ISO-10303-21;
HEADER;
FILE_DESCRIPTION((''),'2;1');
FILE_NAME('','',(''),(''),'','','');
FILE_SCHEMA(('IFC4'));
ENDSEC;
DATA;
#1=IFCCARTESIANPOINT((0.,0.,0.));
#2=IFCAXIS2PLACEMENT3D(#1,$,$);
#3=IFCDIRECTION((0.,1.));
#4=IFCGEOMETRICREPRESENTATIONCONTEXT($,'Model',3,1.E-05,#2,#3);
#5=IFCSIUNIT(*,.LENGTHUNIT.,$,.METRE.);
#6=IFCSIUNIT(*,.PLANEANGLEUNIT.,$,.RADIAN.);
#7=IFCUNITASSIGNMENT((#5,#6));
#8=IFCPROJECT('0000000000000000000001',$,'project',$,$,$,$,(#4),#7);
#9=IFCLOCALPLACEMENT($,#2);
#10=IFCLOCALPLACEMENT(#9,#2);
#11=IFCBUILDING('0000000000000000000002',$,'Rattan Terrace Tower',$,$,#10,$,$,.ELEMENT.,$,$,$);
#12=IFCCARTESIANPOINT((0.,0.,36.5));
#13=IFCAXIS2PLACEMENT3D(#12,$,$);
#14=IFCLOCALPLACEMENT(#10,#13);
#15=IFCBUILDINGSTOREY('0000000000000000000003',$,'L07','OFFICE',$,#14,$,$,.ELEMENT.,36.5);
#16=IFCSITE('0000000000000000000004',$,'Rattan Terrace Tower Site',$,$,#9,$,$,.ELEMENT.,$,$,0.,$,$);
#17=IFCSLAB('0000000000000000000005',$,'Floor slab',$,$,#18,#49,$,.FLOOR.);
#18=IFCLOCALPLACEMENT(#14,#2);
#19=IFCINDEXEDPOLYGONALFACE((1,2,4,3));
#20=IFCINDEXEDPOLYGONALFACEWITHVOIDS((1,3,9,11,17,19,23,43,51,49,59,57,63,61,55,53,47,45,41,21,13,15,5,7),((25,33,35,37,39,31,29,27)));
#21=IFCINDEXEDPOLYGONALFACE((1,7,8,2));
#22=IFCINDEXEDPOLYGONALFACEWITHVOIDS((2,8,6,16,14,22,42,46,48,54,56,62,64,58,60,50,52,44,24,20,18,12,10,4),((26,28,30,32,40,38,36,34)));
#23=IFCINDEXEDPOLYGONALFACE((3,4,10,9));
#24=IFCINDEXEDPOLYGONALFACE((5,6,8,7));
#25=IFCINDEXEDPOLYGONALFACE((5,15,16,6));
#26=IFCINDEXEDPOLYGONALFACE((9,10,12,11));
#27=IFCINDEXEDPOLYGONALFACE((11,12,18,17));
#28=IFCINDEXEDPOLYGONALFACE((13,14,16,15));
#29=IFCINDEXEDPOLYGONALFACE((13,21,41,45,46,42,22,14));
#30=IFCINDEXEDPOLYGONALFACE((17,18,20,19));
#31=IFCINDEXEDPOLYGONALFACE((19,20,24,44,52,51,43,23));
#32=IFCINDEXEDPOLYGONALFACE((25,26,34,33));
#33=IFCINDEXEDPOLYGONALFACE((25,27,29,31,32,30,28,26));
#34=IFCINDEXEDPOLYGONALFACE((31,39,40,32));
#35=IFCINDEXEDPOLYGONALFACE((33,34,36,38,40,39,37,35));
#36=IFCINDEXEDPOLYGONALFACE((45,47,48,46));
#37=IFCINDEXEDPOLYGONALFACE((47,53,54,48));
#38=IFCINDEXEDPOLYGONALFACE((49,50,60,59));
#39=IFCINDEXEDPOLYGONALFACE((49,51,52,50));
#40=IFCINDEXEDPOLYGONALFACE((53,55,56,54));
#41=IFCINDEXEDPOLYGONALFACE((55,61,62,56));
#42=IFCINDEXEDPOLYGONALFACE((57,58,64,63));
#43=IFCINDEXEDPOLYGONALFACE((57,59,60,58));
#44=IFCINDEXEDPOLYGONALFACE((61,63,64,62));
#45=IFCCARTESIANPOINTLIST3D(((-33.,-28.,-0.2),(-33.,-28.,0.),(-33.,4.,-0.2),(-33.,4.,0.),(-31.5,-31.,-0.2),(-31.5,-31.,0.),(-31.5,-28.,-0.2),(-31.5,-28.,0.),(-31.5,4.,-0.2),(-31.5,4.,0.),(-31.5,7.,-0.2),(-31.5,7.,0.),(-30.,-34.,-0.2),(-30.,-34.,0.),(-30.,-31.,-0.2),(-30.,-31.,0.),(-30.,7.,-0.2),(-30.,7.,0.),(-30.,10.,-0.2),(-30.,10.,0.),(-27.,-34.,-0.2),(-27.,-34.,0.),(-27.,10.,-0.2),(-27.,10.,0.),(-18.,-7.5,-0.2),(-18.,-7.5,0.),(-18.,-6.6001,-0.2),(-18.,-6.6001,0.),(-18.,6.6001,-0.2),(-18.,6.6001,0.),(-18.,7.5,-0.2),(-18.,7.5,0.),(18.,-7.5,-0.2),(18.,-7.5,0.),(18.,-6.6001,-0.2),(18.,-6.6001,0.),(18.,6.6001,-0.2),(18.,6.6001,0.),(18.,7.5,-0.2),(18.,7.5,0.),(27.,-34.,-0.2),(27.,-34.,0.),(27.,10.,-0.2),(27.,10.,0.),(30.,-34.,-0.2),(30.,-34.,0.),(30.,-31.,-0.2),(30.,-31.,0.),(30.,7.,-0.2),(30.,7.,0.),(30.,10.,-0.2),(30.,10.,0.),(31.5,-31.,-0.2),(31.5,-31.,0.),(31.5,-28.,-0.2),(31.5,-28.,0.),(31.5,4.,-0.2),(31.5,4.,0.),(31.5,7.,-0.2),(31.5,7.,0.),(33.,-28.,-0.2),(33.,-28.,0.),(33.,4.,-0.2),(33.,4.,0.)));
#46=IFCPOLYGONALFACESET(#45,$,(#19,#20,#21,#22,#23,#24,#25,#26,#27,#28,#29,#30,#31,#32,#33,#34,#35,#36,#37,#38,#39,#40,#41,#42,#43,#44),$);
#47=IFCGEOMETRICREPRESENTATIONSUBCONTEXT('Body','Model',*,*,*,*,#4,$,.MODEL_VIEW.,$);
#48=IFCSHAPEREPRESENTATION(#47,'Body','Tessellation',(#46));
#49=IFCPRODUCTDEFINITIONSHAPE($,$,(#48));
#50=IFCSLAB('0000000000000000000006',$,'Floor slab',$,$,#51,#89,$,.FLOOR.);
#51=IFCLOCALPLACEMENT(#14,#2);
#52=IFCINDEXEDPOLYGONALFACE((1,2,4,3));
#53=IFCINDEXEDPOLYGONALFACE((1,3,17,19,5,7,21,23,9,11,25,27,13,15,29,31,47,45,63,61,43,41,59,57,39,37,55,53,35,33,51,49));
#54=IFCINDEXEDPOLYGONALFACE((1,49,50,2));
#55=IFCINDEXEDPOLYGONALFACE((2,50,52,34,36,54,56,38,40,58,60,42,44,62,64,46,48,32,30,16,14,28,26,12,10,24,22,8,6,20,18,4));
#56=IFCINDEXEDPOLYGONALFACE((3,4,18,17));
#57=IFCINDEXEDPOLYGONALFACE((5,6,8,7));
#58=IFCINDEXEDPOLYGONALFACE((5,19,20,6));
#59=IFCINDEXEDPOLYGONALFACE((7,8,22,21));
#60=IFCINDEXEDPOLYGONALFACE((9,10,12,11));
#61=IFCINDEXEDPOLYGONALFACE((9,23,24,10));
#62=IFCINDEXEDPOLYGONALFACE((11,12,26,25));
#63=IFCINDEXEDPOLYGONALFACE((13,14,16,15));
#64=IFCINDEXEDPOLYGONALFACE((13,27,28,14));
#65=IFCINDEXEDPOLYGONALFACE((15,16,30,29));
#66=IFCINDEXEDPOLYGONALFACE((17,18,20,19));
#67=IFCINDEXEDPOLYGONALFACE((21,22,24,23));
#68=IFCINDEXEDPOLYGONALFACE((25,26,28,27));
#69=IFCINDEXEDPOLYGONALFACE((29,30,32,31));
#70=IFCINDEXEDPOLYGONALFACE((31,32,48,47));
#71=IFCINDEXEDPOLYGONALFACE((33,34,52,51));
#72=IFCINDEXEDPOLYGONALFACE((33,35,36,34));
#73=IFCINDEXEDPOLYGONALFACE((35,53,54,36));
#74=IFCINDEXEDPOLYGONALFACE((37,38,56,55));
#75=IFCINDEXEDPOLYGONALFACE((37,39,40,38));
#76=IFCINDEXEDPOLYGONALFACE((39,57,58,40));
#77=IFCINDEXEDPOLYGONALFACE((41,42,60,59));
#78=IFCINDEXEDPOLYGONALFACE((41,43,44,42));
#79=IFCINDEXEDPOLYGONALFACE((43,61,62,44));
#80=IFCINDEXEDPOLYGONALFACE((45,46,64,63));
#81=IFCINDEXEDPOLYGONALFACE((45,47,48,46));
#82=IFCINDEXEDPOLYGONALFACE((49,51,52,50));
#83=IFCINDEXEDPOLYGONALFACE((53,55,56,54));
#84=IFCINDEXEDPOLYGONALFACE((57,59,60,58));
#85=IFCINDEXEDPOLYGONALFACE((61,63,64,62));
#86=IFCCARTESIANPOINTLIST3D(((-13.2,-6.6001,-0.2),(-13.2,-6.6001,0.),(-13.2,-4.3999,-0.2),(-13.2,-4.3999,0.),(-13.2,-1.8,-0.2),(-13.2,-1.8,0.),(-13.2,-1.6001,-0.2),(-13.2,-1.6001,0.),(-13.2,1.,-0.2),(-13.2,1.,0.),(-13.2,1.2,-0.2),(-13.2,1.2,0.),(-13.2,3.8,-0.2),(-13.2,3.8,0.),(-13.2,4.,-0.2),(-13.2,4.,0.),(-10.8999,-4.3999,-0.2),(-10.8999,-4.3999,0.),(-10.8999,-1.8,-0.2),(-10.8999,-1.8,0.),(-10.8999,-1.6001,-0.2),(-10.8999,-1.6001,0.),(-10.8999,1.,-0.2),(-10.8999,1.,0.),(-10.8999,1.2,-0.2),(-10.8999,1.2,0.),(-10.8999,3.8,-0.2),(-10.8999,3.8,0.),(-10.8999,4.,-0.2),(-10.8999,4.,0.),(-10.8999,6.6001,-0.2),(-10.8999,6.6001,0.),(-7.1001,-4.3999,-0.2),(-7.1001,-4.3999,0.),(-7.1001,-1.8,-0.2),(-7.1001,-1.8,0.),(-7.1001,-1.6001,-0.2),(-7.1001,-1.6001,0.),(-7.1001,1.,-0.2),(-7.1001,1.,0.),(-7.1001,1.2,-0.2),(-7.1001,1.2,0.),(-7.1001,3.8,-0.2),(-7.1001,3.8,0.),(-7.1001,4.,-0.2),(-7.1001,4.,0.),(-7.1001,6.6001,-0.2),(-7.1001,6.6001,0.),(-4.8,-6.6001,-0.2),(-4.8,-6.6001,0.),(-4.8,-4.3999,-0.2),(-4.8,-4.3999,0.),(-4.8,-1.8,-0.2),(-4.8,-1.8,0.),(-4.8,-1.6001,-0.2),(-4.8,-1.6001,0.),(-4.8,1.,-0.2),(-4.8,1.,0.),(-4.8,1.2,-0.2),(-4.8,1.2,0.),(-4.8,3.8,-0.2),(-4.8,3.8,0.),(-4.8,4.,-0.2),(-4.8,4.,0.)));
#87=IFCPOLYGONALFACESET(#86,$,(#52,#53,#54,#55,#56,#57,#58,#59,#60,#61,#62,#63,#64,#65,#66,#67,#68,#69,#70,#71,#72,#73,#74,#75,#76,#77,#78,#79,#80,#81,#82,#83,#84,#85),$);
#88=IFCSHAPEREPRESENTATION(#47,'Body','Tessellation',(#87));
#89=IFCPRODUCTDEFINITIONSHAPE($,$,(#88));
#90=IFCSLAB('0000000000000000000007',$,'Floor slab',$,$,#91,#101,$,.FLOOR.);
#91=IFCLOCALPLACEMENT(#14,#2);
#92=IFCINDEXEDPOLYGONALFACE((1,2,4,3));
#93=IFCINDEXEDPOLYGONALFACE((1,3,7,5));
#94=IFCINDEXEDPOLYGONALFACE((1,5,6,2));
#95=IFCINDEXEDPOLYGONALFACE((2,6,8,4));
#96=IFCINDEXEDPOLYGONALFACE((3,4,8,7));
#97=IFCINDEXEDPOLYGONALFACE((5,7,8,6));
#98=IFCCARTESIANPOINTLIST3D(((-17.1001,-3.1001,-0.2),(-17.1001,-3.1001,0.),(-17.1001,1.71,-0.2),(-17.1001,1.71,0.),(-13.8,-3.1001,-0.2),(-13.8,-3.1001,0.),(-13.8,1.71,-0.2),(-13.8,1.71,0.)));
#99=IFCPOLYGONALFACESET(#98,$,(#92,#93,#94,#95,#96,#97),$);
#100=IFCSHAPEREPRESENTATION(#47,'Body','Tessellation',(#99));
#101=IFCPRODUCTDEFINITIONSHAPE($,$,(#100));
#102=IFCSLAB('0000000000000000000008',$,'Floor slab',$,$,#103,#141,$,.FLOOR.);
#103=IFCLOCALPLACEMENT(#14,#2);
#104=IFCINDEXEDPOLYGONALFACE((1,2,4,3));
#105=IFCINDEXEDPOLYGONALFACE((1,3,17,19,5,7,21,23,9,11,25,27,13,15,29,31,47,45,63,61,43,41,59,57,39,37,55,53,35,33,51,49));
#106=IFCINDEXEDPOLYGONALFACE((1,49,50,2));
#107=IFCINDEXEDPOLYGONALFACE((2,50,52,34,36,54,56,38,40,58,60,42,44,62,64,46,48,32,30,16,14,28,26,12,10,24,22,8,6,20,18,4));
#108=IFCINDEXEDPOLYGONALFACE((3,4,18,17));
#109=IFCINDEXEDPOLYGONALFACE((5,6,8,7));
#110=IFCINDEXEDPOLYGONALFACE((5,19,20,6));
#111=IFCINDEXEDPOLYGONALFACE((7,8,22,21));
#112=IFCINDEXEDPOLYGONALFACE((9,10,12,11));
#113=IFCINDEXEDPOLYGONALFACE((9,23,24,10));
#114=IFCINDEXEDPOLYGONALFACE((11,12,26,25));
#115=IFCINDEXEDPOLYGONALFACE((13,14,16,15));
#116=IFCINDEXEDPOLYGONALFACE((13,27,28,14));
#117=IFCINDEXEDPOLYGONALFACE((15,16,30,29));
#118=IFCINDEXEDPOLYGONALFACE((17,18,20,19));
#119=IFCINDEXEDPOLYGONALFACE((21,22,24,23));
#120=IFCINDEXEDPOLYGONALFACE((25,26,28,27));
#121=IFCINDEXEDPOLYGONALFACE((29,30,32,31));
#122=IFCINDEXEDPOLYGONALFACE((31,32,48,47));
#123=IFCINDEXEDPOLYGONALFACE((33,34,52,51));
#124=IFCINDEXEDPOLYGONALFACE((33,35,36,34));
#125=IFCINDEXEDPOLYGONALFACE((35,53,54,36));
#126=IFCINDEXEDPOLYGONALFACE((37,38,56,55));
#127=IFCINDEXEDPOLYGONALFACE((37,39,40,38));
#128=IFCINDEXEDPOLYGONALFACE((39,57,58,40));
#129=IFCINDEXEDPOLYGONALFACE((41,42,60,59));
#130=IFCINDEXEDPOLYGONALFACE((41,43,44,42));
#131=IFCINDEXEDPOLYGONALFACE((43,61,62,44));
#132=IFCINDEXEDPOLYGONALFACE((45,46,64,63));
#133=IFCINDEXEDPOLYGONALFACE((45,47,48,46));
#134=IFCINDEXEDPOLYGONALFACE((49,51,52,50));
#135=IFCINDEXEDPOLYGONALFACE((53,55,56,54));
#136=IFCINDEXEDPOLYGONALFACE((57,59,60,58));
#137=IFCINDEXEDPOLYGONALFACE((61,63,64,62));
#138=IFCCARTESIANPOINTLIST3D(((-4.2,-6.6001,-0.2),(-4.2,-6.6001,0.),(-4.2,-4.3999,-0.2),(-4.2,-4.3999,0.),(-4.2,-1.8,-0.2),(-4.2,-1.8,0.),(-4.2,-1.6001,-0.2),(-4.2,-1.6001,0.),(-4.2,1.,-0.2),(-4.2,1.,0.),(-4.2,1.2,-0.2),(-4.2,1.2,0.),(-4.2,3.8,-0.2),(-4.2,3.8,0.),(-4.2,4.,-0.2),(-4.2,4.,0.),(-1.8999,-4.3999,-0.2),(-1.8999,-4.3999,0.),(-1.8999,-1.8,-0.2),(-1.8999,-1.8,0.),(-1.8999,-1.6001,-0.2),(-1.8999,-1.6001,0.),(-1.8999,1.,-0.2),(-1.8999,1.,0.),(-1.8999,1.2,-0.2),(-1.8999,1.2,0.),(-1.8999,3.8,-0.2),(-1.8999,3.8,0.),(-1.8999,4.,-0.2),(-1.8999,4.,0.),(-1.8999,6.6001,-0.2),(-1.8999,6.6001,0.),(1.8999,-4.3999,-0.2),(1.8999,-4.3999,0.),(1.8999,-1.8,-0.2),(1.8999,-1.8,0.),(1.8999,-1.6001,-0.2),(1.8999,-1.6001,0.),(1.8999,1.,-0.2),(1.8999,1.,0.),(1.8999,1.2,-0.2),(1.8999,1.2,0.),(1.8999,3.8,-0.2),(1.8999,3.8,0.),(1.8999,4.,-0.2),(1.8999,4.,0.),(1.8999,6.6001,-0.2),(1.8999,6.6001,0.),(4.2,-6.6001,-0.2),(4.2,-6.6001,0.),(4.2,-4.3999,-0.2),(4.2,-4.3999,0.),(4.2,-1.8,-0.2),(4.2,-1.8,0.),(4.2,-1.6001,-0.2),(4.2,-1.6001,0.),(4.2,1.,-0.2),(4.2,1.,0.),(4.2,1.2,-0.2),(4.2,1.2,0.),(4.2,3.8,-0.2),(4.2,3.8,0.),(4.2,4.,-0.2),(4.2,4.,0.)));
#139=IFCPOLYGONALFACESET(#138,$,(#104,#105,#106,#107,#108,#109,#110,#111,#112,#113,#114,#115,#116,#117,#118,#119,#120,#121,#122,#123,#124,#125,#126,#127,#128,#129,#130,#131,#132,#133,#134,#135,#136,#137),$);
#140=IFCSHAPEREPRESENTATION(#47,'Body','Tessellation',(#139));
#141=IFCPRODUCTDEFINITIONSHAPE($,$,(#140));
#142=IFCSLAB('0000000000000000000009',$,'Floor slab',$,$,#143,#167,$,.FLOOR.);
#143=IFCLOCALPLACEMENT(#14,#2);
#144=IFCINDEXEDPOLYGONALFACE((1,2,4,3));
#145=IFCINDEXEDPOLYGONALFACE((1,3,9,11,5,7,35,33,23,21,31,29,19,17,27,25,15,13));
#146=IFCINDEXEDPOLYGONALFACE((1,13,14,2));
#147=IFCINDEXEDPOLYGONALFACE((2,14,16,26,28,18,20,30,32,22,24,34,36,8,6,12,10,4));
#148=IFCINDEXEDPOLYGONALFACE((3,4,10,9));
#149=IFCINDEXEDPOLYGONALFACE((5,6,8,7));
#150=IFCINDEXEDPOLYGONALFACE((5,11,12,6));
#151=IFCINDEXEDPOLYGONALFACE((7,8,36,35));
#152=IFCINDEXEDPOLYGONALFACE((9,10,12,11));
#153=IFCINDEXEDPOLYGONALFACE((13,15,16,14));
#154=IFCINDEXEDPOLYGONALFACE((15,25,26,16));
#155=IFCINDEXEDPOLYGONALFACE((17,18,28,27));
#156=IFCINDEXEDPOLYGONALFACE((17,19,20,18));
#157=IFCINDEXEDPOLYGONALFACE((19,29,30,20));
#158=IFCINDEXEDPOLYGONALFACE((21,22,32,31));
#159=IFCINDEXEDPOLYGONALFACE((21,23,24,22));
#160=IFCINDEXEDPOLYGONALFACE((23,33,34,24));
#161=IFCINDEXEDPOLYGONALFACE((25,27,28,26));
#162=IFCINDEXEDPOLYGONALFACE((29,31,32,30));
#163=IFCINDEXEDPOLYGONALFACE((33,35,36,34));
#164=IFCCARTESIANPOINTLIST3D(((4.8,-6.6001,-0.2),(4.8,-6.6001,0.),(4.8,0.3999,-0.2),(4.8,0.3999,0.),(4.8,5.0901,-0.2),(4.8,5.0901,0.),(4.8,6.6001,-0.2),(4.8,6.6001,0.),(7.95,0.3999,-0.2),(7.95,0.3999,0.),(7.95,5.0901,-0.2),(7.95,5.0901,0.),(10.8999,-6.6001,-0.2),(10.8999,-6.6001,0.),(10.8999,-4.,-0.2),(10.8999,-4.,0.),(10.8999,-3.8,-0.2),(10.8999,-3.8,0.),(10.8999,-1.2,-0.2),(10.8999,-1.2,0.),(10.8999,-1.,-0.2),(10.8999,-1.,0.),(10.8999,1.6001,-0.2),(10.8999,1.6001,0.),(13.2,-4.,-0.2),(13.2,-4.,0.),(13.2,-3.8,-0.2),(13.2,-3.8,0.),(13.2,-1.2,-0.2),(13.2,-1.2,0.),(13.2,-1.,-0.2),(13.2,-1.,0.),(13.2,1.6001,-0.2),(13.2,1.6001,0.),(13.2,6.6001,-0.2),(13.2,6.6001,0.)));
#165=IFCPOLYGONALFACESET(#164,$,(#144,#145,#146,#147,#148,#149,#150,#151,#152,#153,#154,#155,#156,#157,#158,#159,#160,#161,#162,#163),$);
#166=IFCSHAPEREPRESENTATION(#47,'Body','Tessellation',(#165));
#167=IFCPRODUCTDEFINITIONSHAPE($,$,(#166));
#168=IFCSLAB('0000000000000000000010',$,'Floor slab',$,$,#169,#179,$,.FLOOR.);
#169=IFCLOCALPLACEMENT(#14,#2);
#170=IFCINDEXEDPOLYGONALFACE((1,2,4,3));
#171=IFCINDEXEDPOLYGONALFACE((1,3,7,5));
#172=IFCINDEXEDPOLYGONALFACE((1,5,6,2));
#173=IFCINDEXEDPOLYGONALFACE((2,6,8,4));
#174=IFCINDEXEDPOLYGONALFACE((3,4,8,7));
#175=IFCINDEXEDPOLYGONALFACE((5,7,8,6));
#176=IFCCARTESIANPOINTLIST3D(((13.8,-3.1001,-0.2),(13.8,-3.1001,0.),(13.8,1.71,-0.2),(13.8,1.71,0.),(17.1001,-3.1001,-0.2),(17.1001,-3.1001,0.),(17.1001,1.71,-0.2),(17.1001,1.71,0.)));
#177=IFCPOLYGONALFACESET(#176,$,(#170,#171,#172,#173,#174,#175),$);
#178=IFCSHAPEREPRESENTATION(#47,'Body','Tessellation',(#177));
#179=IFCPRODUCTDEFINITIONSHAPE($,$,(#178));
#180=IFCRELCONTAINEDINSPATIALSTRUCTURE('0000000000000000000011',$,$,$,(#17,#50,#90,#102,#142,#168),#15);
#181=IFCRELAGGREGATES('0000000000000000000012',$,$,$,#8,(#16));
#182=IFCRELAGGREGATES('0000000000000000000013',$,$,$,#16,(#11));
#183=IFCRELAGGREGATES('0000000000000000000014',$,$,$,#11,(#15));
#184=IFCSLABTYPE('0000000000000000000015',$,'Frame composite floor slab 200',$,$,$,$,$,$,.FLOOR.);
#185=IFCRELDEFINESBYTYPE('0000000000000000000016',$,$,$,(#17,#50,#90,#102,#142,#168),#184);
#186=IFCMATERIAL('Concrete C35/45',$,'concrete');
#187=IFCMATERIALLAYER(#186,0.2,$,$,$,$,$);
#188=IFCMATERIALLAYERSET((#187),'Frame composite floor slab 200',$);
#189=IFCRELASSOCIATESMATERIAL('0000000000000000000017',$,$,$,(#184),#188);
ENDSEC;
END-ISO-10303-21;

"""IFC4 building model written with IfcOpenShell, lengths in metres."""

from ifc_helpers import new_model, si_unit, direction, frame, origin, place, context, subcontext, project, spatial, polyline, outline, extrude, material, layer, layer_set, type_object, element, save


model = new_model("IFC4")

# Units and contexts
model_context = context("Model", 3, precision=1e-05, world=origin(), true_north=direction((0.0, 1.0)))
body_context = subcontext(model_context, "Body", "Model", "MODEL_VIEW")
ifc_project = project(units=[si_unit("LENGTHUNIT", "METRE"), si_unit("PLANEANGLEUNIT", "RADIAN")], contexts=[model_context])

# Site, building, storey
site_placement = place(None, origin())
site = spatial("IfcSite", under=ifc_project, at=site_placement, Name="Rattan Terrace Tower Site", CompositionType="ELEMENT", RefElevation=0.0)
building_placement = place(site_placement, origin())
building = spatial("IfcBuilding", under=site, at=building_placement, Name="Rattan Terrace Tower", CompositionType="ELEMENT")
storey_placement = place(building_placement, frame((0.0, 0.0, 36.5)))
storey = spatial("IfcBuildingStorey", under=building, at=storey_placement, Name="L07", Description="OFFICE", CompositionType="ELEMENT", Elevation=36.5)

# Slabs
ifc_material_1 = material(Name="Concrete C35/45", Category="concrete")
ifc_layer_1 = layer(ifc_material_1, 0.2)
ifc_layer_set_1 = layer_set([ifc_layer_1], Name="Frame composite floor slab 200")
slab_type = type_object("IfcSlabType", Name="Frame composite floor slab 200", PredefinedType="FLOOR", material=ifc_layer_set_1)
slab_1_placement = place(storey_placement, frame((0.0, 0.0, -0.2)))
element("IfcSlab", 1, at=slab_1_placement, inside=storey, type_object=slab_type, Name="Floor slab", PredefinedType="FLOOR", context=body_context, shape_type="SweptSolid", body=[
    extrude(outline(polyline([(-27.0, -34.0), (27.0, -34.0), (30.0, -34.0), (30.0, -31.0), (31.5, -31.0), (31.5, -28.0), (33.0, -28.0), (33.0, 4.0), (31.5, 4.0), (31.5, 7.0), (30.0, 7.0), (30.0, 10.0), (27.0, 10.0), (-27.0, 10.0), (-30.0, 10.0), (-30.0, 7.0), (-31.5, 7.0), (-31.5, 4.0), (-33.0, 4.0), (-33.0, -28.0), (-31.5, -28.0), (-31.5, -31.0), (-30.0, -31.0), (-30.0, -34.0), (-27.0, -34.0)]), holes=[polyline([(-18.0, -6.6001), (-18.0, -7.5), (18.0, -7.5), (18.0, -6.6001), (18.0, 6.6001), (18.0, 7.5), (-18.0, 7.5), (-18.0, 6.6001), (-18.0, -6.6001)])]), origin(), (0.0, 0.0, 1.0), 0.2),
])
slab_2_placement = place(storey_placement, frame((0.0, 0.0, -0.2)))
element("IfcSlab", 2, at=slab_2_placement, inside=storey, type_object=slab_type, Name="Floor slab", PredefinedType="FLOOR", context=body_context, shape_type="SweptSolid", body=[
    extrude(outline(polyline([(-10.8999, 6.6001), (-10.8999, 4.0), (-13.2, 4.0), (-13.2, 3.8), (-10.8999, 3.8), (-10.8999, 1.2), (-13.2, 1.2), (-13.2, 1.0), (-10.8999, 1.0), (-10.8999, -1.6001), (-13.2, -1.6001), (-13.2, -1.8), (-10.8999, -1.8), (-10.8999, -4.3999), (-13.2, -4.3999), (-13.2, -6.6001), (-4.8, -6.6001), (-4.8, -4.3999), (-7.1001, -4.3999), (-7.1001, -1.8), (-4.8, -1.8), (-4.8, -1.6001), (-7.1001, -1.6001), (-7.1001, 1.0), (-4.8, 1.0), (-4.8, 1.2), (-7.1001, 1.2), (-7.1001, 3.8), (-4.8, 3.8), (-4.8, 4.0), (-7.1001, 4.0), (-7.1001, 6.6001), (-10.8999, 6.6001)])), origin(), (0.0, 0.0, 1.0), 0.2),
])
slab_3_placement = place(storey_placement, frame((0.0, 0.0, -0.2)))
element("IfcSlab", 3, at=slab_3_placement, inside=storey, type_object=slab_type, Name="Floor slab", PredefinedType="FLOOR", context=body_context, shape_type="SweptSolid", body=[
    extrude(outline(polyline([(-17.1001, -3.1001), (-13.8, -3.1001), (-13.8, 1.71), (-17.1001, 1.71), (-17.1001, -3.1001)])), origin(), (0.0, 0.0, 1.0), 0.2),
])
slab_4_placement = place(storey_placement, frame((0.0, 0.0, -0.2)))
element("IfcSlab", 4, at=slab_4_placement, inside=storey, type_object=slab_type, Name="Floor slab", PredefinedType="FLOOR", context=body_context, shape_type="SweptSolid", body=[
    extrude(outline(polyline([(-4.2, 4.0), (-4.2, 3.8), (-1.8999, 3.8), (-1.8999, 1.2), (-4.2, 1.2), (-4.2, 1.0), (-1.8999, 1.0), (-1.8999, -1.6001), (-4.2, -1.6001), (-4.2, -1.8), (-1.8999, -1.8), (-1.8999, -4.3999), (-4.2, -4.3999), (-4.2, -6.6001), (4.2, -6.6001), (4.2, -4.3999), (1.8999, -4.3999), (1.8999, -1.8), (4.2, -1.8), (4.2, -1.6001), (1.8999, -1.6001), (1.8999, 1.0), (4.2, 1.0), (4.2, 1.2), (1.8999, 1.2), (1.8999, 3.8), (4.2, 3.8), (4.2, 4.0), (1.8999, 4.0), (1.8999, 6.6001), (-1.8999, 6.6001), (-1.8999, 4.0), (-4.2, 4.0)])), origin(), (0.0, 0.0, 1.0), 0.2),
])
slab_5_placement = place(storey_placement, frame((0.0, 0.0, -0.2)))
element("IfcSlab", 5, at=slab_5_placement, inside=storey, type_object=slab_type, Name="Floor slab", PredefinedType="FLOOR", context=body_context, shape_type="SweptSolid", body=[
    extrude(outline(polyline([(4.8, 5.0901), (7.95, 5.0901), (7.95, 0.3999), (4.8, 0.3999), (4.8, -6.6001), (10.8999, -6.6001), (10.8999, -4.0), (13.2, -4.0), (13.2, -3.8), (10.8999, -3.8), (10.8999, -1.2), (13.2, -1.2), (13.2, -1.0), (10.8999, -1.0), (10.8999, 1.6001), (13.2, 1.6001), (13.2, 6.6001), (4.8, 6.6001), (4.8, 5.0901)])), origin(), (0.0, 0.0, 1.0), 0.2),
])
slab_6_placement = place(storey_placement, frame((0.0, 0.0, -0.2)))
element("IfcSlab", 6, at=slab_6_placement, inside=storey, type_object=slab_type, Name="Floor slab", PredefinedType="FLOOR", context=body_context, shape_type="SweptSolid", body=[
    extrude(outline(polyline([(13.8, -3.1001), (17.1001, -3.1001), (17.1001, 1.71), (13.8, 1.71), (13.8, -3.1001)])), origin(), (0.0, 0.0, 1.0), 0.2),
])

save(model, "model.ifc")
